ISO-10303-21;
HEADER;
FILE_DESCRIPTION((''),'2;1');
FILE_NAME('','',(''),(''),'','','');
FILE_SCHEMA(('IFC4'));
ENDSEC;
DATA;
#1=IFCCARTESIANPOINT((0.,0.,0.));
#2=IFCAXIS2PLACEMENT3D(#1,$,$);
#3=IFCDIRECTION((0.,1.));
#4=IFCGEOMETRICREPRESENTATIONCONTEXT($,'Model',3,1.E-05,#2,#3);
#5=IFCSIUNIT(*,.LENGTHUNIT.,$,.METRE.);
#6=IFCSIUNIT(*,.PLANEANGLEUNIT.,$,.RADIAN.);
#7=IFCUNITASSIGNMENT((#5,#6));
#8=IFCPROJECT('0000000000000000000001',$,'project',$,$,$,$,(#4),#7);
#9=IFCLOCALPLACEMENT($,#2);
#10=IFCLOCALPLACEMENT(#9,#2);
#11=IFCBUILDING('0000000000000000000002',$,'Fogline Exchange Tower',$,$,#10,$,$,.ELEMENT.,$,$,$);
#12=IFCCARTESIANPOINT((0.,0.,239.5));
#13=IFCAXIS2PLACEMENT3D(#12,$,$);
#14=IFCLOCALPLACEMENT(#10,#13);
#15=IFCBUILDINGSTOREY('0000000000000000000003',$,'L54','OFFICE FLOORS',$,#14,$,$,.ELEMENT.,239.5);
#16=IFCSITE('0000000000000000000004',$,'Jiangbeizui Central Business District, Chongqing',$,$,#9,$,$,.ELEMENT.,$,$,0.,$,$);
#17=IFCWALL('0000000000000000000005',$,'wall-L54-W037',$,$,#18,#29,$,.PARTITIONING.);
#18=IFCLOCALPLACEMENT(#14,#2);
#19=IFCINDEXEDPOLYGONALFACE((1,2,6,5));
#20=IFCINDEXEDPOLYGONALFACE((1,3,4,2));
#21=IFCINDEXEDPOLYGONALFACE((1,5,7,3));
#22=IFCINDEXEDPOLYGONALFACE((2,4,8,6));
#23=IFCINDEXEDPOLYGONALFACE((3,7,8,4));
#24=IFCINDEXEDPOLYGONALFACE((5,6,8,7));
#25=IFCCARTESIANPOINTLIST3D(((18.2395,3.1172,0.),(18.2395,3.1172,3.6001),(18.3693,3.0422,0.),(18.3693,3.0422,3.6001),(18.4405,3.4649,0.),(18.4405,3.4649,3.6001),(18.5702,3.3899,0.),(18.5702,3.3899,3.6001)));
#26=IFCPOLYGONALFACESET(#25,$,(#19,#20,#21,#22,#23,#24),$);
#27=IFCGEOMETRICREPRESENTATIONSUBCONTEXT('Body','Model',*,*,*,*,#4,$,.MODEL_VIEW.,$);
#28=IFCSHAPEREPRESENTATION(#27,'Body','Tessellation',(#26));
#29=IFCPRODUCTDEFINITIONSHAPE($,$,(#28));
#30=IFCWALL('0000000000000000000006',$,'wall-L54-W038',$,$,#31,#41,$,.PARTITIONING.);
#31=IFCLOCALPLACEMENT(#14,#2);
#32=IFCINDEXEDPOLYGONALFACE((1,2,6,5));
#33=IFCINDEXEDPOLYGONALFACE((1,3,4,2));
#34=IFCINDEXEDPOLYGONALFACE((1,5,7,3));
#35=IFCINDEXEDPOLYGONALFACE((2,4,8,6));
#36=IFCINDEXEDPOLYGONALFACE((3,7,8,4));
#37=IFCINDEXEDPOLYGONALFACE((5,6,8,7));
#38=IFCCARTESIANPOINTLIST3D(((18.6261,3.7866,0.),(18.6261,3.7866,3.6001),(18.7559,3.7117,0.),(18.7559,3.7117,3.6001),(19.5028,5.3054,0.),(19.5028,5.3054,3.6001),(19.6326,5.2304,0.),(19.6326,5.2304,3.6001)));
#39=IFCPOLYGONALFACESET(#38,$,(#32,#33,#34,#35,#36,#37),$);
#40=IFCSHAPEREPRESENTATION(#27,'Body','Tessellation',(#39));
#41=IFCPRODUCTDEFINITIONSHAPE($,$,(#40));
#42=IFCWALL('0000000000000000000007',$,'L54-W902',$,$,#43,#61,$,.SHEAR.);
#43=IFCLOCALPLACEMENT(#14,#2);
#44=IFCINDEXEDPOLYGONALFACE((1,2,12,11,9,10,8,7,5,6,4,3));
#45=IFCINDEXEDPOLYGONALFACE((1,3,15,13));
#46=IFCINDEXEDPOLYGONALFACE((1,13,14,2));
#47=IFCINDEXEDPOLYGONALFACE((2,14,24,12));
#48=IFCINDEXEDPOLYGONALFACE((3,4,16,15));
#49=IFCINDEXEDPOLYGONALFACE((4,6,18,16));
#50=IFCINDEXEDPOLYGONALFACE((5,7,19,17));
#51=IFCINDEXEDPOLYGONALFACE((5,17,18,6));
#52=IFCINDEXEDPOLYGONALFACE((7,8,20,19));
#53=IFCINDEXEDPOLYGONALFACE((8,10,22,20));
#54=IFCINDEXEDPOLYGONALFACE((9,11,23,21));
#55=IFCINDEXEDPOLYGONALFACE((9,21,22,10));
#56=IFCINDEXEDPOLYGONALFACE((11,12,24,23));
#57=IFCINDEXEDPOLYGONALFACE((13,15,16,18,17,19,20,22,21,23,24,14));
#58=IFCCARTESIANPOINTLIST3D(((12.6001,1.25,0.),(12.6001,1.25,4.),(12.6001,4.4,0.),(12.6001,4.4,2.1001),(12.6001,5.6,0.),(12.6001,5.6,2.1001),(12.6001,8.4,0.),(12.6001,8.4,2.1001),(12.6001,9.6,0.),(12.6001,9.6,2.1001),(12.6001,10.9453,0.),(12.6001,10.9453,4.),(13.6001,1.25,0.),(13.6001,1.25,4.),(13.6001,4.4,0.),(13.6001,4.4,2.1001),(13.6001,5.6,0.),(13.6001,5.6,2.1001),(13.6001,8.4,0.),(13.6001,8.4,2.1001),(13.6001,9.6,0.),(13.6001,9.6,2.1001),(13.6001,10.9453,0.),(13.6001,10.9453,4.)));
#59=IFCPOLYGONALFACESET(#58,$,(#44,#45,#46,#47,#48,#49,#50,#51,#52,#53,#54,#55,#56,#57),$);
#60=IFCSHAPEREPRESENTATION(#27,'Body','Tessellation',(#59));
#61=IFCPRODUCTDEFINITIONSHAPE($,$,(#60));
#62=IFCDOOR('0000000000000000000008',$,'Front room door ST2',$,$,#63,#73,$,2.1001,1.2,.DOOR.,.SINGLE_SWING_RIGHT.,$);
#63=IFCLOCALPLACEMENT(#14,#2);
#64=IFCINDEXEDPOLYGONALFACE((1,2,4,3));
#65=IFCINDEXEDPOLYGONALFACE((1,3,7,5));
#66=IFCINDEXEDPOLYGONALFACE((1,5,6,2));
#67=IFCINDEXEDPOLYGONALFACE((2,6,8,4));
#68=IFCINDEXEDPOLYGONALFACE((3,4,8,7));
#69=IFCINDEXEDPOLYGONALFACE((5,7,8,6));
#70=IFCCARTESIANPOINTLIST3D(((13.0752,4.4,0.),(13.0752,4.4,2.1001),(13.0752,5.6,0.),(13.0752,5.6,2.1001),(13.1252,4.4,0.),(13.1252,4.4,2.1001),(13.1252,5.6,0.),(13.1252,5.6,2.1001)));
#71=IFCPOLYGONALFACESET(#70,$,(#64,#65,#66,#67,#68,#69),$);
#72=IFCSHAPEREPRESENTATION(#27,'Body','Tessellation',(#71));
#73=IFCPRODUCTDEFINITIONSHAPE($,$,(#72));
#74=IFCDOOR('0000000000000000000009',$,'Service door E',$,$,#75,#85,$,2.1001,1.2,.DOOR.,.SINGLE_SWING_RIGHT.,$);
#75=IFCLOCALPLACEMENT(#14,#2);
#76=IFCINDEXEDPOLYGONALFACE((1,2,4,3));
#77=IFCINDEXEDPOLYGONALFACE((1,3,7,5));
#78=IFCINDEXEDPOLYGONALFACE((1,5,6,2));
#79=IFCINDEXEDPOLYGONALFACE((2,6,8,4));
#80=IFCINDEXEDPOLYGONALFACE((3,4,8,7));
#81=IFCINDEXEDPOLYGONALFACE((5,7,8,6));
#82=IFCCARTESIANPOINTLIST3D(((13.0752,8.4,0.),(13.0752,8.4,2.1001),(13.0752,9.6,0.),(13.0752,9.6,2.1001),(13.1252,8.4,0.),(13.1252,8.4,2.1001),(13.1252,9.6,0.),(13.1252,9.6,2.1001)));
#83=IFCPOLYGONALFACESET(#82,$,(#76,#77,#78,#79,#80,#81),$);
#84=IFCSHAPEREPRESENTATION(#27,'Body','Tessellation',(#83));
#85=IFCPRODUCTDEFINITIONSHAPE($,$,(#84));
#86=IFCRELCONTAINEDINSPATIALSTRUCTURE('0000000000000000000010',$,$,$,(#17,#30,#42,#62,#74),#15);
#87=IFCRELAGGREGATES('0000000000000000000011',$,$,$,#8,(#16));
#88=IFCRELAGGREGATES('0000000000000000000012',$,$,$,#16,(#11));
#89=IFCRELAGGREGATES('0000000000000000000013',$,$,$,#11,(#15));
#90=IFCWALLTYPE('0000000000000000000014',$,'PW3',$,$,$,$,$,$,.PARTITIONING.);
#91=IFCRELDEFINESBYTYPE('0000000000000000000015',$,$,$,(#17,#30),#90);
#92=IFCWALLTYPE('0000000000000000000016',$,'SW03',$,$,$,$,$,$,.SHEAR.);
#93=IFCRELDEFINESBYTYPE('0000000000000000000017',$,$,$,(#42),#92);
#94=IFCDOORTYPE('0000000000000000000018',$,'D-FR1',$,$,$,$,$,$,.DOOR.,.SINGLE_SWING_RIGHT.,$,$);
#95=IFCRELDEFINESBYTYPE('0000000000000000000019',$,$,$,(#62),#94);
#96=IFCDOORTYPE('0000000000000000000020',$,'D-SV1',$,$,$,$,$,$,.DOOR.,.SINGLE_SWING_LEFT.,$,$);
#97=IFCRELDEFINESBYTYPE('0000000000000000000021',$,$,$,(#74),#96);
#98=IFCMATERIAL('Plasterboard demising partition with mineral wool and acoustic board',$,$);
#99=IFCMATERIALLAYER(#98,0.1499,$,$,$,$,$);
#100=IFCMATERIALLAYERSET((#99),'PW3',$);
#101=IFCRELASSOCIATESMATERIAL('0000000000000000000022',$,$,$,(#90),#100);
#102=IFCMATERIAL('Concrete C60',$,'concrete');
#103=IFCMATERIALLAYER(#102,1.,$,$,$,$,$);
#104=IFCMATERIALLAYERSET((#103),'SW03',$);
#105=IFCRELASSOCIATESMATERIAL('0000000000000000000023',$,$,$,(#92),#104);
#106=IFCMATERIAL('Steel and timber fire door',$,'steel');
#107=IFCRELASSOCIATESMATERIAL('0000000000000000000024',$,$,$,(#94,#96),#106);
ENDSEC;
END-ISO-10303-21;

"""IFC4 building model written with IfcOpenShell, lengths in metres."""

from ifc_helpers import new_model, si_unit, direction, frame, frame_2d, origin, place, context, subcontext, project, spatial, rectangle, extrude, material, layer, layer_set, type_object, element, fill, save


model = new_model("IFC4")

# Units and contexts
model_context = context("Model", 3, precision=1e-05, world=origin(), true_north=direction((0.0, 1.0)))
body_context = subcontext(model_context, "Body", "Model", "MODEL_VIEW")
ifc_project = project(units=[si_unit("LENGTHUNIT", "METRE"), si_unit("PLANEANGLEUNIT", "RADIAN")], contexts=[model_context])

# Site, building, storey
site_placement = place(None, origin())
site = spatial("IfcSite", under=ifc_project, at=site_placement, Name="Jiangbeizui Central Business District, Chongqing", CompositionType="ELEMENT", RefElevation=0.0)
building_placement = place(site_placement, origin())
building = spatial("IfcBuilding", under=site, at=building_placement, Name="Fogline Exchange Tower", CompositionType="ELEMENT")
storey_placement = place(building_placement, frame((0.0, 0.0, 239.5)))
storey = spatial("IfcBuildingStorey", under=building, at=storey_placement, Name="L54", Description="OFFICE FLOORS", CompositionType="ELEMENT", Elevation=239.5)

# Shared definitions
ifc_material_1 = material(Name="Concrete C60", Category="concrete")

# Shared definitions
ifc_material_2 = material(Name="Steel and timber fire door", Category="steel")

# Walls
ifc_material_3 = material(Name="Plasterboard demising partition with mineral wool and acoustic board")
ifc_layer_1 = layer(ifc_material_3, 0.1499)
ifc_layer_set_1 = layer_set([ifc_layer_1], Name="PW3")
wall_type_1 = type_object("IfcWallType", Name="PW3", PredefinedType="PARTITIONING", material=ifc_layer_set_1)
wall_1_placement = place(storey_placement, frame((18.3044, 3.0798, 0.0), z_axis=(0.0, 0.0, 1.0), x_axis=(0.500389, 0.865801, 0.0)))
element("IfcWall", 1, at=wall_1_placement, inside=storey, type_object=wall_type_1, Name="wall-L54-W037", PredefinedType="PARTITIONING", context=body_context, shape_type="SweptSolid", body=[
    extrude(rectangle(XDim=0.4016, YDim=0.1499, at=frame_2d((0.2007, 0.0))), origin(), (0.0, 0.0, 1.0), 3.6001),
])
wall_2_placement = place(storey_placement, frame((18.6909, 3.749, 0.0), z_axis=(0.0, 0.0, 1.0), x_axis=(0.499927, 0.866067, 0.0)))
element("IfcWall", 2, at=wall_2_placement, inside=storey, type_object=wall_type_1, Name="wall-L54-W038", PredefinedType="PARTITIONING", context=body_context, shape_type="SweptSolid", body=[
    extrude(rectangle(XDim=1.7537, YDim=0.1499, at=frame_2d((0.877, 0.0))), origin(), (0.0, 0.0, 1.0), 3.6001),
])

# Wall, openings, doors
ifc_layer_2 = layer(ifc_material_1, 1.0)
ifc_layer_set_2 = layer_set([ifc_layer_2], Name="SW03")
wall_type_2 = type_object("IfcWallType", Name="SW03", PredefinedType="SHEAR", material=ifc_layer_set_2)
wall_3_placement = place(storey_placement, frame((13.1001, 1.25, 0.0), z_axis=(0.0, 0.0, 1.0), x_axis=(0.0, 1.0, 0.0)))
wall_3 = element("IfcWall", 3, at=wall_3_placement, inside=storey, type_object=wall_type_2, Name="L54-W902", PredefinedType="SHEAR", context=body_context, shape_type="SweptSolid", body=[
    extrude(rectangle(XDim=9.6953, YDim=1.0, at=frame_2d((4.8477, 0.0))), origin(), (0.0, 0.0, 1.0), 4.0),
])
opening_1_placement = place(wall_3_placement, frame((3.1499, 0.0, 0.0)))
opening_1 = element("IfcOpeningElement", 4, at=opening_1_placement, cuts=wall_3, PredefinedType="OPENING", context=body_context, shape_type="SweptSolid", body=[
    extrude(rectangle(XDim=1.2, YDim=2.1001, at=frame_2d((0.6001, 1.05))), frame((0.0, 0.51, 0.0), z_axis=(0.0, -1.0, 0.0), x_axis=(1.0, 0.0, 0.0)), (0.0, 0.0, 1.0), 1.02),
])
opening_2_placement = place(wall_3_placement, frame((7.1499, 0.0, 0.0)))
opening_2 = element("IfcOpeningElement", 5, at=opening_2_placement, cuts=wall_3, PredefinedType="OPENING", context=body_context, shape_type="SweptSolid", body=[
    extrude(rectangle(XDim=1.2, YDim=2.1001, at=frame_2d((0.6001, 1.05))), frame((0.0, 0.51, 0.0), z_axis=(0.0, -1.0, 0.0), x_axis=(1.0, 0.0, 0.0)), (0.0, 0.0, 1.0), 1.02),
])
door_type_1 = type_object("IfcDoorType", Name="D-FR1", OperationType="SINGLE_SWING_RIGHT", PredefinedType="DOOR", material=ifc_material_2)
door_1_placement = place(opening_1_placement, origin())
door_1 = element("IfcDoor", 6, at=door_1_placement, inside=storey, type_object=door_type_1, Name="Front room door ST2", OperationType="SINGLE_SWING_RIGHT", OverallHeight=2.1001, OverallWidth=1.2, PredefinedType="DOOR", context=body_context, shape_type="SweptSolid", body=[
    extrude(rectangle(XDim=1.2, YDim=2.1001, at=frame_2d((0.6001, 1.05))), frame((0.0, 0.0249, 0.0), z_axis=(0.0, -1.0, 0.0), x_axis=(1.0, 0.0, 0.0)), (0.0, 0.0, 1.0), 0.05),
])
fill(opening_1, door_1)
door_type_2 = type_object("IfcDoorType", Name="D-SV1", OperationType="SINGLE_SWING_LEFT", PredefinedType="DOOR", material=ifc_material_2)
door_2_placement = place(opening_2_placement, origin())
door_2 = element("IfcDoor", 7, at=door_2_placement, inside=storey, type_object=door_type_2, Name="Service door E", OperationType="SINGLE_SWING_RIGHT", OverallHeight=2.1001, OverallWidth=1.2, PredefinedType="DOOR", context=body_context, shape_type="SweptSolid", body=[
    extrude(rectangle(XDim=1.2, YDim=2.1001, at=frame_2d((0.6001, 1.05))), frame((0.0, 0.0249, 0.0), z_axis=(0.0, -1.0, 0.0), x_axis=(1.0, 0.0, 0.0)), (0.0, 0.0, 1.0), 0.05),
])
fill(opening_2, door_2)

save(model, "model.ifc")
